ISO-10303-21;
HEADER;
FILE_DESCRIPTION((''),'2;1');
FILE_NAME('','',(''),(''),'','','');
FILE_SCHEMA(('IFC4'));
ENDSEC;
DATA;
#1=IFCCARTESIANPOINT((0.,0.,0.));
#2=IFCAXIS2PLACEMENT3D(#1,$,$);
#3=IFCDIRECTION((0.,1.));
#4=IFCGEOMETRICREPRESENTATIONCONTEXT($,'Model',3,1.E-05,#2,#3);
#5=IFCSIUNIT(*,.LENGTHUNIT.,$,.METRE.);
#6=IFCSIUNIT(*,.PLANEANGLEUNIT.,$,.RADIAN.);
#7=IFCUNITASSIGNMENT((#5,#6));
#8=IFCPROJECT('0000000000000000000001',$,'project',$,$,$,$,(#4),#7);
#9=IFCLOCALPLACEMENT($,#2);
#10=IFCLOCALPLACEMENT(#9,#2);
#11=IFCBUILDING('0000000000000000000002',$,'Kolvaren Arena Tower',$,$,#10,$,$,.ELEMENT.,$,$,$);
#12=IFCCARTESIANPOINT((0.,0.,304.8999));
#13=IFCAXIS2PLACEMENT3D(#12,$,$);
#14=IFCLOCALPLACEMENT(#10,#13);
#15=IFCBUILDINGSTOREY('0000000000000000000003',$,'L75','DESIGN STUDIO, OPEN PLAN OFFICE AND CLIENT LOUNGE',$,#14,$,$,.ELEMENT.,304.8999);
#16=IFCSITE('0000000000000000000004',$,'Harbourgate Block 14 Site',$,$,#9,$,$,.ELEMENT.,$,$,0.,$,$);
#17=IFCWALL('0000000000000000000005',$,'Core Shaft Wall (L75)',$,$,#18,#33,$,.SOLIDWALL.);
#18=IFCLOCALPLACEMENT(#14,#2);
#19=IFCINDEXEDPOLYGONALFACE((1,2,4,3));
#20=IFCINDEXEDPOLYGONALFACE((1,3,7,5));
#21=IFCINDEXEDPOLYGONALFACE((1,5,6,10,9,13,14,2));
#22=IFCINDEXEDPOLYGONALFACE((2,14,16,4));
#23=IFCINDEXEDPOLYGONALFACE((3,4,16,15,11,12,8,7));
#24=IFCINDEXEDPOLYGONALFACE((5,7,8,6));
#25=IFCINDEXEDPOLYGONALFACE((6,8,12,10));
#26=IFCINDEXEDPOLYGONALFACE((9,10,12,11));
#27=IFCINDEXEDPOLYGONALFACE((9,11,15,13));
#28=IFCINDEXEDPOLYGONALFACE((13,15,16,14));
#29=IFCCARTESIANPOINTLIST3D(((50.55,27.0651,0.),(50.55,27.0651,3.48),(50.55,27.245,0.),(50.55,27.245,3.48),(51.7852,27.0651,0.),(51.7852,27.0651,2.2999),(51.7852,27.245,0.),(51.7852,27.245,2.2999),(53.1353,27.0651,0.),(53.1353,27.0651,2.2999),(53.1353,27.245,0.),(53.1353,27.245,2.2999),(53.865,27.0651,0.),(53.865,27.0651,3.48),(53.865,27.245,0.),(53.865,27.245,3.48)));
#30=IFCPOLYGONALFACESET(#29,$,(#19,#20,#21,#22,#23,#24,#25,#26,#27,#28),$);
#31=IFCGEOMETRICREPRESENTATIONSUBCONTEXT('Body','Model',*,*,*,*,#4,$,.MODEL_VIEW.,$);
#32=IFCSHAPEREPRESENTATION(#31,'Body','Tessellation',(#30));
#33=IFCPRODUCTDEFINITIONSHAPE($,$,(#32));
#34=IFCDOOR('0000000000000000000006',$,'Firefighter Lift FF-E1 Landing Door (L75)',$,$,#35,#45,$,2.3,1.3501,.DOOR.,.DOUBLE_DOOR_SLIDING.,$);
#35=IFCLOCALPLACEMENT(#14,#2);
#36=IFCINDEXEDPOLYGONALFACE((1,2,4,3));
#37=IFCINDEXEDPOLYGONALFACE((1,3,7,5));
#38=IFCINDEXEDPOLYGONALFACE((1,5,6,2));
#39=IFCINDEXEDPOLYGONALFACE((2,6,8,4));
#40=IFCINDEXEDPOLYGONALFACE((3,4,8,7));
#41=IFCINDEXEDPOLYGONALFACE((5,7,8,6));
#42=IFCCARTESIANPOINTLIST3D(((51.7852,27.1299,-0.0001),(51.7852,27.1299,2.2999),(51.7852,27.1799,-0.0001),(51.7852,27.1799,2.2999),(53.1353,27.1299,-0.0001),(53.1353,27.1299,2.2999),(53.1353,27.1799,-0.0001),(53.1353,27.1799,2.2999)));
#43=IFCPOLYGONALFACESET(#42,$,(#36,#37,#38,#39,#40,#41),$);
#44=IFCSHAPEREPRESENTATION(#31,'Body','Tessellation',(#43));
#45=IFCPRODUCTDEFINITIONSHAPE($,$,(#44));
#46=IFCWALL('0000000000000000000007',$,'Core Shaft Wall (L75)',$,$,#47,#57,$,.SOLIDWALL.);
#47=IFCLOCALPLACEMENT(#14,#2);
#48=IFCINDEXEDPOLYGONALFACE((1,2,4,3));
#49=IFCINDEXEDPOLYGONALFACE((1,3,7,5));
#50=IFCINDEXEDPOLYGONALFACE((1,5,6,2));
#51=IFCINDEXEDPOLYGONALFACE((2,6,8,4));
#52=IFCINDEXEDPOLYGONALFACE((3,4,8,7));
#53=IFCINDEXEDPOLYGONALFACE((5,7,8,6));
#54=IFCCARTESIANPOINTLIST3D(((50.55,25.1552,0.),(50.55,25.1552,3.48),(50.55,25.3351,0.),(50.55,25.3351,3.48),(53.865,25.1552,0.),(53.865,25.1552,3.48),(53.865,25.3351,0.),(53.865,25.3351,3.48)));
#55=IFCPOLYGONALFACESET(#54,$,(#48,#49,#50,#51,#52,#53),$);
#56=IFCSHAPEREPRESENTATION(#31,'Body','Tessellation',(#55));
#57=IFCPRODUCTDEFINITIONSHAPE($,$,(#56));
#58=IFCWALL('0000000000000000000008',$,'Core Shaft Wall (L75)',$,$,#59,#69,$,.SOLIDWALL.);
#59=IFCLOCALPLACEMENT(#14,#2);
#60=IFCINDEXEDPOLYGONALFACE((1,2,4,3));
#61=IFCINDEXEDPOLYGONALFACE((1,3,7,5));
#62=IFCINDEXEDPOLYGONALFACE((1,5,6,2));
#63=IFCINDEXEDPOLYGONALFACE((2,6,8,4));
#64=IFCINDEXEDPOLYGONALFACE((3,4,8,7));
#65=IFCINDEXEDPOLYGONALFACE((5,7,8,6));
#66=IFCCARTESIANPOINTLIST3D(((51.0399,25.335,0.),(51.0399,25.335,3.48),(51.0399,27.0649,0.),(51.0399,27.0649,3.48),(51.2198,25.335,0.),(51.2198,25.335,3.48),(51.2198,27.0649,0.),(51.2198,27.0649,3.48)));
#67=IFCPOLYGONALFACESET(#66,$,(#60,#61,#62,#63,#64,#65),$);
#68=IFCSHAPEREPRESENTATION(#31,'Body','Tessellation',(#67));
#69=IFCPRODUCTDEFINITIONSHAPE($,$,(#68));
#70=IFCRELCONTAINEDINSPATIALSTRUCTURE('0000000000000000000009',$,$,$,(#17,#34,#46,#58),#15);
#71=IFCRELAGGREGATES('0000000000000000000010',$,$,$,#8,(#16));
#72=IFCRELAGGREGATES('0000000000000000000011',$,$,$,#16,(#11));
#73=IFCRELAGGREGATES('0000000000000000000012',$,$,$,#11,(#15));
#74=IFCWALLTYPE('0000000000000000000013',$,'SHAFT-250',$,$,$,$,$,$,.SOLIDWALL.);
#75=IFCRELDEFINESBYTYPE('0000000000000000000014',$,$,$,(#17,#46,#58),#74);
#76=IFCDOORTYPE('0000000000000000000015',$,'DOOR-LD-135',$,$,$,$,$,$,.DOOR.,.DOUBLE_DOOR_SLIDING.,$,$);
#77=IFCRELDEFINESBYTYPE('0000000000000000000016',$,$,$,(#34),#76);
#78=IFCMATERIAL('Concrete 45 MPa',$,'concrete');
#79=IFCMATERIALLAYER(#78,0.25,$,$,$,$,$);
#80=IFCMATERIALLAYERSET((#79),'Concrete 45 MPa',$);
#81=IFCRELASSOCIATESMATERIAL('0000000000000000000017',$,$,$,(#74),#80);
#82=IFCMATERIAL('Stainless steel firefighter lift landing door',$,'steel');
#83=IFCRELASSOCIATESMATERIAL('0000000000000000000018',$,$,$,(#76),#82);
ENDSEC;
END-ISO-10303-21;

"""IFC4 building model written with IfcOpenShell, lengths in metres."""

from ifc_helpers import new_model, si_unit, direction, frame, frame_2d, origin, place, context, subcontext, project, spatial, rectangle, extrude, material, layer, layer_set, type_object, element, fill, save


model = new_model("IFC4")

# Units and contexts
model_context = context("Model", 3, precision=1e-05, world=origin(), true_north=direction((0.0, 1.0)))
body_context = subcontext(model_context, "Body", "Model", "MODEL_VIEW")
ifc_project = project(units=[si_unit("LENGTHUNIT", "METRE"), si_unit("PLANEANGLEUNIT", "RADIAN")], contexts=[model_context])

# Site, building, storey
site_placement = place(None, origin())
site = spatial("IfcSite", under=ifc_project, at=site_placement, Name="Harbourgate Block 14 Site", CompositionType="ELEMENT", RefElevation=0.0)
building_placement = place(site_placement, origin())
building = spatial("IfcBuilding", under=site, at=building_placement, Name="Kolvaren Arena Tower", CompositionType="ELEMENT")
storey_placement = place(building_placement, frame((0.0, 0.0, 304.8999)))
storey = spatial("IfcBuildingStorey", under=building, at=storey_placement, Name="L75", Description="DESIGN STUDIO, OPEN PLAN OFFICE AND CLIENT LOUNGE", CompositionType="ELEMENT", Elevation=304.8999)

# Wall, opening, door
ifc_material_1 = material(Name="Concrete 45 MPa", Category="concrete")
ifc_layer_1 = layer(ifc_material_1, 0.25)
ifc_layer_set_1 = layer_set([ifc_layer_1], Name="Concrete 45 MPa")
wall_type_1 = type_object("IfcWallType", Name="SHAFT-250", PredefinedType="SOLIDWALL", material=ifc_layer_set_1)
wall_1_placement = place(storey_placement, frame((50.55, 27.155, 0.0), z_axis=(0.0, 0.0, 1.0), x_axis=(1.0, 0.0, 0.0)))
wall_1 = element("IfcWall", 1, at=wall_1_placement, inside=storey, type_object=wall_type_1, Name="Core Shaft Wall (L75)", PredefinedType="SOLIDWALL", context=body_context, shape_type="SweptSolid", body=[
    extrude(rectangle(XDim=3.3149, YDim=0.1799, at=frame_2d((1.6575, 0.0))), origin(), (0.0, 0.0, 1.0), 3.48),
])
opening_1_placement = place(wall_1_placement, frame((1.2351, 0.0, 0.0)))
opening_1 = element("IfcOpeningElement", 2, at=opening_1_placement, cuts=wall_1, PredefinedType="OPENING", context=body_context, shape_type="SweptSolid", body=[
    extrude(rectangle(XDim=1.3501, YDim=2.3, at=frame_2d((0.675, 1.1499))), frame((0.0, 0.0999, 0.0), z_axis=(0.0, -1.0, 0.0), x_axis=(1.0, 0.0, 0.0)), (0.0, 0.0, 1.0), 0.2),
])
ifc_material_2 = material(Name="Stainless steel firefighter lift landing door", Category="steel")
door_type_1 = type_object("IfcDoorType", Name="DOOR-LD-135", OperationType="DOUBLE_DOOR_SLIDING", PredefinedType="DOOR", material=ifc_material_2)
door_1_placement = place(opening_1_placement, origin())
door_1 = element("IfcDoor", 3, at=door_1_placement, inside=storey, type_object=door_type_1, Name="Firefighter Lift FF-E1 Landing Door (L75)", OperationType="DOUBLE_DOOR_SLIDING", OverallHeight=2.3, OverallWidth=1.3501, PredefinedType="DOOR", context=body_context, shape_type="SweptSolid", body=[
    extrude(rectangle(XDim=1.3501, YDim=2.3, at=frame_2d((0.675, 1.1499))), frame((0.0, 0.0249, 0.0), z_axis=(0.0, -1.0, 0.0), x_axis=(1.0, 0.0, 0.0)), (0.0, 0.0, 1.0), 0.05),
])
fill(opening_1, door_1)

# Walls
wall_2_placement = place(storey_placement, frame((50.55, 25.2451, 0.0), z_axis=(0.0, 0.0, 1.0), x_axis=(1.0, 0.0, 0.0)))
element("IfcWall", 4, at=wall_2_placement, inside=storey, type_object=wall_type_1, Name="Core Shaft Wall (L75)", PredefinedType="SOLIDWALL", context=body_context, shape_type="SweptSolid", body=[
    extrude(rectangle(XDim=3.3149, YDim=0.1799, at=frame_2d((1.6575, 0.0))), origin(), (0.0, 0.0, 1.0), 3.48),
])
wall_3_placement = place(storey_placement, frame((51.1299, 25.335, 0.0), z_axis=(0.0, 0.0, 1.0), x_axis=(0.0, 1.0, 0.0)))
element("IfcWall", 5, at=wall_3_placement, inside=storey, type_object=wall_type_1, Name="Core Shaft Wall (L75)", PredefinedType="SOLIDWALL", context=body_context, shape_type="SweptSolid", body=[
    extrude(rectangle(XDim=1.73, YDim=0.1799, at=frame_2d((0.865, 0.0))), origin(), (0.0, 0.0, 1.0), 3.48),
])

save(model, "model.ifc")
